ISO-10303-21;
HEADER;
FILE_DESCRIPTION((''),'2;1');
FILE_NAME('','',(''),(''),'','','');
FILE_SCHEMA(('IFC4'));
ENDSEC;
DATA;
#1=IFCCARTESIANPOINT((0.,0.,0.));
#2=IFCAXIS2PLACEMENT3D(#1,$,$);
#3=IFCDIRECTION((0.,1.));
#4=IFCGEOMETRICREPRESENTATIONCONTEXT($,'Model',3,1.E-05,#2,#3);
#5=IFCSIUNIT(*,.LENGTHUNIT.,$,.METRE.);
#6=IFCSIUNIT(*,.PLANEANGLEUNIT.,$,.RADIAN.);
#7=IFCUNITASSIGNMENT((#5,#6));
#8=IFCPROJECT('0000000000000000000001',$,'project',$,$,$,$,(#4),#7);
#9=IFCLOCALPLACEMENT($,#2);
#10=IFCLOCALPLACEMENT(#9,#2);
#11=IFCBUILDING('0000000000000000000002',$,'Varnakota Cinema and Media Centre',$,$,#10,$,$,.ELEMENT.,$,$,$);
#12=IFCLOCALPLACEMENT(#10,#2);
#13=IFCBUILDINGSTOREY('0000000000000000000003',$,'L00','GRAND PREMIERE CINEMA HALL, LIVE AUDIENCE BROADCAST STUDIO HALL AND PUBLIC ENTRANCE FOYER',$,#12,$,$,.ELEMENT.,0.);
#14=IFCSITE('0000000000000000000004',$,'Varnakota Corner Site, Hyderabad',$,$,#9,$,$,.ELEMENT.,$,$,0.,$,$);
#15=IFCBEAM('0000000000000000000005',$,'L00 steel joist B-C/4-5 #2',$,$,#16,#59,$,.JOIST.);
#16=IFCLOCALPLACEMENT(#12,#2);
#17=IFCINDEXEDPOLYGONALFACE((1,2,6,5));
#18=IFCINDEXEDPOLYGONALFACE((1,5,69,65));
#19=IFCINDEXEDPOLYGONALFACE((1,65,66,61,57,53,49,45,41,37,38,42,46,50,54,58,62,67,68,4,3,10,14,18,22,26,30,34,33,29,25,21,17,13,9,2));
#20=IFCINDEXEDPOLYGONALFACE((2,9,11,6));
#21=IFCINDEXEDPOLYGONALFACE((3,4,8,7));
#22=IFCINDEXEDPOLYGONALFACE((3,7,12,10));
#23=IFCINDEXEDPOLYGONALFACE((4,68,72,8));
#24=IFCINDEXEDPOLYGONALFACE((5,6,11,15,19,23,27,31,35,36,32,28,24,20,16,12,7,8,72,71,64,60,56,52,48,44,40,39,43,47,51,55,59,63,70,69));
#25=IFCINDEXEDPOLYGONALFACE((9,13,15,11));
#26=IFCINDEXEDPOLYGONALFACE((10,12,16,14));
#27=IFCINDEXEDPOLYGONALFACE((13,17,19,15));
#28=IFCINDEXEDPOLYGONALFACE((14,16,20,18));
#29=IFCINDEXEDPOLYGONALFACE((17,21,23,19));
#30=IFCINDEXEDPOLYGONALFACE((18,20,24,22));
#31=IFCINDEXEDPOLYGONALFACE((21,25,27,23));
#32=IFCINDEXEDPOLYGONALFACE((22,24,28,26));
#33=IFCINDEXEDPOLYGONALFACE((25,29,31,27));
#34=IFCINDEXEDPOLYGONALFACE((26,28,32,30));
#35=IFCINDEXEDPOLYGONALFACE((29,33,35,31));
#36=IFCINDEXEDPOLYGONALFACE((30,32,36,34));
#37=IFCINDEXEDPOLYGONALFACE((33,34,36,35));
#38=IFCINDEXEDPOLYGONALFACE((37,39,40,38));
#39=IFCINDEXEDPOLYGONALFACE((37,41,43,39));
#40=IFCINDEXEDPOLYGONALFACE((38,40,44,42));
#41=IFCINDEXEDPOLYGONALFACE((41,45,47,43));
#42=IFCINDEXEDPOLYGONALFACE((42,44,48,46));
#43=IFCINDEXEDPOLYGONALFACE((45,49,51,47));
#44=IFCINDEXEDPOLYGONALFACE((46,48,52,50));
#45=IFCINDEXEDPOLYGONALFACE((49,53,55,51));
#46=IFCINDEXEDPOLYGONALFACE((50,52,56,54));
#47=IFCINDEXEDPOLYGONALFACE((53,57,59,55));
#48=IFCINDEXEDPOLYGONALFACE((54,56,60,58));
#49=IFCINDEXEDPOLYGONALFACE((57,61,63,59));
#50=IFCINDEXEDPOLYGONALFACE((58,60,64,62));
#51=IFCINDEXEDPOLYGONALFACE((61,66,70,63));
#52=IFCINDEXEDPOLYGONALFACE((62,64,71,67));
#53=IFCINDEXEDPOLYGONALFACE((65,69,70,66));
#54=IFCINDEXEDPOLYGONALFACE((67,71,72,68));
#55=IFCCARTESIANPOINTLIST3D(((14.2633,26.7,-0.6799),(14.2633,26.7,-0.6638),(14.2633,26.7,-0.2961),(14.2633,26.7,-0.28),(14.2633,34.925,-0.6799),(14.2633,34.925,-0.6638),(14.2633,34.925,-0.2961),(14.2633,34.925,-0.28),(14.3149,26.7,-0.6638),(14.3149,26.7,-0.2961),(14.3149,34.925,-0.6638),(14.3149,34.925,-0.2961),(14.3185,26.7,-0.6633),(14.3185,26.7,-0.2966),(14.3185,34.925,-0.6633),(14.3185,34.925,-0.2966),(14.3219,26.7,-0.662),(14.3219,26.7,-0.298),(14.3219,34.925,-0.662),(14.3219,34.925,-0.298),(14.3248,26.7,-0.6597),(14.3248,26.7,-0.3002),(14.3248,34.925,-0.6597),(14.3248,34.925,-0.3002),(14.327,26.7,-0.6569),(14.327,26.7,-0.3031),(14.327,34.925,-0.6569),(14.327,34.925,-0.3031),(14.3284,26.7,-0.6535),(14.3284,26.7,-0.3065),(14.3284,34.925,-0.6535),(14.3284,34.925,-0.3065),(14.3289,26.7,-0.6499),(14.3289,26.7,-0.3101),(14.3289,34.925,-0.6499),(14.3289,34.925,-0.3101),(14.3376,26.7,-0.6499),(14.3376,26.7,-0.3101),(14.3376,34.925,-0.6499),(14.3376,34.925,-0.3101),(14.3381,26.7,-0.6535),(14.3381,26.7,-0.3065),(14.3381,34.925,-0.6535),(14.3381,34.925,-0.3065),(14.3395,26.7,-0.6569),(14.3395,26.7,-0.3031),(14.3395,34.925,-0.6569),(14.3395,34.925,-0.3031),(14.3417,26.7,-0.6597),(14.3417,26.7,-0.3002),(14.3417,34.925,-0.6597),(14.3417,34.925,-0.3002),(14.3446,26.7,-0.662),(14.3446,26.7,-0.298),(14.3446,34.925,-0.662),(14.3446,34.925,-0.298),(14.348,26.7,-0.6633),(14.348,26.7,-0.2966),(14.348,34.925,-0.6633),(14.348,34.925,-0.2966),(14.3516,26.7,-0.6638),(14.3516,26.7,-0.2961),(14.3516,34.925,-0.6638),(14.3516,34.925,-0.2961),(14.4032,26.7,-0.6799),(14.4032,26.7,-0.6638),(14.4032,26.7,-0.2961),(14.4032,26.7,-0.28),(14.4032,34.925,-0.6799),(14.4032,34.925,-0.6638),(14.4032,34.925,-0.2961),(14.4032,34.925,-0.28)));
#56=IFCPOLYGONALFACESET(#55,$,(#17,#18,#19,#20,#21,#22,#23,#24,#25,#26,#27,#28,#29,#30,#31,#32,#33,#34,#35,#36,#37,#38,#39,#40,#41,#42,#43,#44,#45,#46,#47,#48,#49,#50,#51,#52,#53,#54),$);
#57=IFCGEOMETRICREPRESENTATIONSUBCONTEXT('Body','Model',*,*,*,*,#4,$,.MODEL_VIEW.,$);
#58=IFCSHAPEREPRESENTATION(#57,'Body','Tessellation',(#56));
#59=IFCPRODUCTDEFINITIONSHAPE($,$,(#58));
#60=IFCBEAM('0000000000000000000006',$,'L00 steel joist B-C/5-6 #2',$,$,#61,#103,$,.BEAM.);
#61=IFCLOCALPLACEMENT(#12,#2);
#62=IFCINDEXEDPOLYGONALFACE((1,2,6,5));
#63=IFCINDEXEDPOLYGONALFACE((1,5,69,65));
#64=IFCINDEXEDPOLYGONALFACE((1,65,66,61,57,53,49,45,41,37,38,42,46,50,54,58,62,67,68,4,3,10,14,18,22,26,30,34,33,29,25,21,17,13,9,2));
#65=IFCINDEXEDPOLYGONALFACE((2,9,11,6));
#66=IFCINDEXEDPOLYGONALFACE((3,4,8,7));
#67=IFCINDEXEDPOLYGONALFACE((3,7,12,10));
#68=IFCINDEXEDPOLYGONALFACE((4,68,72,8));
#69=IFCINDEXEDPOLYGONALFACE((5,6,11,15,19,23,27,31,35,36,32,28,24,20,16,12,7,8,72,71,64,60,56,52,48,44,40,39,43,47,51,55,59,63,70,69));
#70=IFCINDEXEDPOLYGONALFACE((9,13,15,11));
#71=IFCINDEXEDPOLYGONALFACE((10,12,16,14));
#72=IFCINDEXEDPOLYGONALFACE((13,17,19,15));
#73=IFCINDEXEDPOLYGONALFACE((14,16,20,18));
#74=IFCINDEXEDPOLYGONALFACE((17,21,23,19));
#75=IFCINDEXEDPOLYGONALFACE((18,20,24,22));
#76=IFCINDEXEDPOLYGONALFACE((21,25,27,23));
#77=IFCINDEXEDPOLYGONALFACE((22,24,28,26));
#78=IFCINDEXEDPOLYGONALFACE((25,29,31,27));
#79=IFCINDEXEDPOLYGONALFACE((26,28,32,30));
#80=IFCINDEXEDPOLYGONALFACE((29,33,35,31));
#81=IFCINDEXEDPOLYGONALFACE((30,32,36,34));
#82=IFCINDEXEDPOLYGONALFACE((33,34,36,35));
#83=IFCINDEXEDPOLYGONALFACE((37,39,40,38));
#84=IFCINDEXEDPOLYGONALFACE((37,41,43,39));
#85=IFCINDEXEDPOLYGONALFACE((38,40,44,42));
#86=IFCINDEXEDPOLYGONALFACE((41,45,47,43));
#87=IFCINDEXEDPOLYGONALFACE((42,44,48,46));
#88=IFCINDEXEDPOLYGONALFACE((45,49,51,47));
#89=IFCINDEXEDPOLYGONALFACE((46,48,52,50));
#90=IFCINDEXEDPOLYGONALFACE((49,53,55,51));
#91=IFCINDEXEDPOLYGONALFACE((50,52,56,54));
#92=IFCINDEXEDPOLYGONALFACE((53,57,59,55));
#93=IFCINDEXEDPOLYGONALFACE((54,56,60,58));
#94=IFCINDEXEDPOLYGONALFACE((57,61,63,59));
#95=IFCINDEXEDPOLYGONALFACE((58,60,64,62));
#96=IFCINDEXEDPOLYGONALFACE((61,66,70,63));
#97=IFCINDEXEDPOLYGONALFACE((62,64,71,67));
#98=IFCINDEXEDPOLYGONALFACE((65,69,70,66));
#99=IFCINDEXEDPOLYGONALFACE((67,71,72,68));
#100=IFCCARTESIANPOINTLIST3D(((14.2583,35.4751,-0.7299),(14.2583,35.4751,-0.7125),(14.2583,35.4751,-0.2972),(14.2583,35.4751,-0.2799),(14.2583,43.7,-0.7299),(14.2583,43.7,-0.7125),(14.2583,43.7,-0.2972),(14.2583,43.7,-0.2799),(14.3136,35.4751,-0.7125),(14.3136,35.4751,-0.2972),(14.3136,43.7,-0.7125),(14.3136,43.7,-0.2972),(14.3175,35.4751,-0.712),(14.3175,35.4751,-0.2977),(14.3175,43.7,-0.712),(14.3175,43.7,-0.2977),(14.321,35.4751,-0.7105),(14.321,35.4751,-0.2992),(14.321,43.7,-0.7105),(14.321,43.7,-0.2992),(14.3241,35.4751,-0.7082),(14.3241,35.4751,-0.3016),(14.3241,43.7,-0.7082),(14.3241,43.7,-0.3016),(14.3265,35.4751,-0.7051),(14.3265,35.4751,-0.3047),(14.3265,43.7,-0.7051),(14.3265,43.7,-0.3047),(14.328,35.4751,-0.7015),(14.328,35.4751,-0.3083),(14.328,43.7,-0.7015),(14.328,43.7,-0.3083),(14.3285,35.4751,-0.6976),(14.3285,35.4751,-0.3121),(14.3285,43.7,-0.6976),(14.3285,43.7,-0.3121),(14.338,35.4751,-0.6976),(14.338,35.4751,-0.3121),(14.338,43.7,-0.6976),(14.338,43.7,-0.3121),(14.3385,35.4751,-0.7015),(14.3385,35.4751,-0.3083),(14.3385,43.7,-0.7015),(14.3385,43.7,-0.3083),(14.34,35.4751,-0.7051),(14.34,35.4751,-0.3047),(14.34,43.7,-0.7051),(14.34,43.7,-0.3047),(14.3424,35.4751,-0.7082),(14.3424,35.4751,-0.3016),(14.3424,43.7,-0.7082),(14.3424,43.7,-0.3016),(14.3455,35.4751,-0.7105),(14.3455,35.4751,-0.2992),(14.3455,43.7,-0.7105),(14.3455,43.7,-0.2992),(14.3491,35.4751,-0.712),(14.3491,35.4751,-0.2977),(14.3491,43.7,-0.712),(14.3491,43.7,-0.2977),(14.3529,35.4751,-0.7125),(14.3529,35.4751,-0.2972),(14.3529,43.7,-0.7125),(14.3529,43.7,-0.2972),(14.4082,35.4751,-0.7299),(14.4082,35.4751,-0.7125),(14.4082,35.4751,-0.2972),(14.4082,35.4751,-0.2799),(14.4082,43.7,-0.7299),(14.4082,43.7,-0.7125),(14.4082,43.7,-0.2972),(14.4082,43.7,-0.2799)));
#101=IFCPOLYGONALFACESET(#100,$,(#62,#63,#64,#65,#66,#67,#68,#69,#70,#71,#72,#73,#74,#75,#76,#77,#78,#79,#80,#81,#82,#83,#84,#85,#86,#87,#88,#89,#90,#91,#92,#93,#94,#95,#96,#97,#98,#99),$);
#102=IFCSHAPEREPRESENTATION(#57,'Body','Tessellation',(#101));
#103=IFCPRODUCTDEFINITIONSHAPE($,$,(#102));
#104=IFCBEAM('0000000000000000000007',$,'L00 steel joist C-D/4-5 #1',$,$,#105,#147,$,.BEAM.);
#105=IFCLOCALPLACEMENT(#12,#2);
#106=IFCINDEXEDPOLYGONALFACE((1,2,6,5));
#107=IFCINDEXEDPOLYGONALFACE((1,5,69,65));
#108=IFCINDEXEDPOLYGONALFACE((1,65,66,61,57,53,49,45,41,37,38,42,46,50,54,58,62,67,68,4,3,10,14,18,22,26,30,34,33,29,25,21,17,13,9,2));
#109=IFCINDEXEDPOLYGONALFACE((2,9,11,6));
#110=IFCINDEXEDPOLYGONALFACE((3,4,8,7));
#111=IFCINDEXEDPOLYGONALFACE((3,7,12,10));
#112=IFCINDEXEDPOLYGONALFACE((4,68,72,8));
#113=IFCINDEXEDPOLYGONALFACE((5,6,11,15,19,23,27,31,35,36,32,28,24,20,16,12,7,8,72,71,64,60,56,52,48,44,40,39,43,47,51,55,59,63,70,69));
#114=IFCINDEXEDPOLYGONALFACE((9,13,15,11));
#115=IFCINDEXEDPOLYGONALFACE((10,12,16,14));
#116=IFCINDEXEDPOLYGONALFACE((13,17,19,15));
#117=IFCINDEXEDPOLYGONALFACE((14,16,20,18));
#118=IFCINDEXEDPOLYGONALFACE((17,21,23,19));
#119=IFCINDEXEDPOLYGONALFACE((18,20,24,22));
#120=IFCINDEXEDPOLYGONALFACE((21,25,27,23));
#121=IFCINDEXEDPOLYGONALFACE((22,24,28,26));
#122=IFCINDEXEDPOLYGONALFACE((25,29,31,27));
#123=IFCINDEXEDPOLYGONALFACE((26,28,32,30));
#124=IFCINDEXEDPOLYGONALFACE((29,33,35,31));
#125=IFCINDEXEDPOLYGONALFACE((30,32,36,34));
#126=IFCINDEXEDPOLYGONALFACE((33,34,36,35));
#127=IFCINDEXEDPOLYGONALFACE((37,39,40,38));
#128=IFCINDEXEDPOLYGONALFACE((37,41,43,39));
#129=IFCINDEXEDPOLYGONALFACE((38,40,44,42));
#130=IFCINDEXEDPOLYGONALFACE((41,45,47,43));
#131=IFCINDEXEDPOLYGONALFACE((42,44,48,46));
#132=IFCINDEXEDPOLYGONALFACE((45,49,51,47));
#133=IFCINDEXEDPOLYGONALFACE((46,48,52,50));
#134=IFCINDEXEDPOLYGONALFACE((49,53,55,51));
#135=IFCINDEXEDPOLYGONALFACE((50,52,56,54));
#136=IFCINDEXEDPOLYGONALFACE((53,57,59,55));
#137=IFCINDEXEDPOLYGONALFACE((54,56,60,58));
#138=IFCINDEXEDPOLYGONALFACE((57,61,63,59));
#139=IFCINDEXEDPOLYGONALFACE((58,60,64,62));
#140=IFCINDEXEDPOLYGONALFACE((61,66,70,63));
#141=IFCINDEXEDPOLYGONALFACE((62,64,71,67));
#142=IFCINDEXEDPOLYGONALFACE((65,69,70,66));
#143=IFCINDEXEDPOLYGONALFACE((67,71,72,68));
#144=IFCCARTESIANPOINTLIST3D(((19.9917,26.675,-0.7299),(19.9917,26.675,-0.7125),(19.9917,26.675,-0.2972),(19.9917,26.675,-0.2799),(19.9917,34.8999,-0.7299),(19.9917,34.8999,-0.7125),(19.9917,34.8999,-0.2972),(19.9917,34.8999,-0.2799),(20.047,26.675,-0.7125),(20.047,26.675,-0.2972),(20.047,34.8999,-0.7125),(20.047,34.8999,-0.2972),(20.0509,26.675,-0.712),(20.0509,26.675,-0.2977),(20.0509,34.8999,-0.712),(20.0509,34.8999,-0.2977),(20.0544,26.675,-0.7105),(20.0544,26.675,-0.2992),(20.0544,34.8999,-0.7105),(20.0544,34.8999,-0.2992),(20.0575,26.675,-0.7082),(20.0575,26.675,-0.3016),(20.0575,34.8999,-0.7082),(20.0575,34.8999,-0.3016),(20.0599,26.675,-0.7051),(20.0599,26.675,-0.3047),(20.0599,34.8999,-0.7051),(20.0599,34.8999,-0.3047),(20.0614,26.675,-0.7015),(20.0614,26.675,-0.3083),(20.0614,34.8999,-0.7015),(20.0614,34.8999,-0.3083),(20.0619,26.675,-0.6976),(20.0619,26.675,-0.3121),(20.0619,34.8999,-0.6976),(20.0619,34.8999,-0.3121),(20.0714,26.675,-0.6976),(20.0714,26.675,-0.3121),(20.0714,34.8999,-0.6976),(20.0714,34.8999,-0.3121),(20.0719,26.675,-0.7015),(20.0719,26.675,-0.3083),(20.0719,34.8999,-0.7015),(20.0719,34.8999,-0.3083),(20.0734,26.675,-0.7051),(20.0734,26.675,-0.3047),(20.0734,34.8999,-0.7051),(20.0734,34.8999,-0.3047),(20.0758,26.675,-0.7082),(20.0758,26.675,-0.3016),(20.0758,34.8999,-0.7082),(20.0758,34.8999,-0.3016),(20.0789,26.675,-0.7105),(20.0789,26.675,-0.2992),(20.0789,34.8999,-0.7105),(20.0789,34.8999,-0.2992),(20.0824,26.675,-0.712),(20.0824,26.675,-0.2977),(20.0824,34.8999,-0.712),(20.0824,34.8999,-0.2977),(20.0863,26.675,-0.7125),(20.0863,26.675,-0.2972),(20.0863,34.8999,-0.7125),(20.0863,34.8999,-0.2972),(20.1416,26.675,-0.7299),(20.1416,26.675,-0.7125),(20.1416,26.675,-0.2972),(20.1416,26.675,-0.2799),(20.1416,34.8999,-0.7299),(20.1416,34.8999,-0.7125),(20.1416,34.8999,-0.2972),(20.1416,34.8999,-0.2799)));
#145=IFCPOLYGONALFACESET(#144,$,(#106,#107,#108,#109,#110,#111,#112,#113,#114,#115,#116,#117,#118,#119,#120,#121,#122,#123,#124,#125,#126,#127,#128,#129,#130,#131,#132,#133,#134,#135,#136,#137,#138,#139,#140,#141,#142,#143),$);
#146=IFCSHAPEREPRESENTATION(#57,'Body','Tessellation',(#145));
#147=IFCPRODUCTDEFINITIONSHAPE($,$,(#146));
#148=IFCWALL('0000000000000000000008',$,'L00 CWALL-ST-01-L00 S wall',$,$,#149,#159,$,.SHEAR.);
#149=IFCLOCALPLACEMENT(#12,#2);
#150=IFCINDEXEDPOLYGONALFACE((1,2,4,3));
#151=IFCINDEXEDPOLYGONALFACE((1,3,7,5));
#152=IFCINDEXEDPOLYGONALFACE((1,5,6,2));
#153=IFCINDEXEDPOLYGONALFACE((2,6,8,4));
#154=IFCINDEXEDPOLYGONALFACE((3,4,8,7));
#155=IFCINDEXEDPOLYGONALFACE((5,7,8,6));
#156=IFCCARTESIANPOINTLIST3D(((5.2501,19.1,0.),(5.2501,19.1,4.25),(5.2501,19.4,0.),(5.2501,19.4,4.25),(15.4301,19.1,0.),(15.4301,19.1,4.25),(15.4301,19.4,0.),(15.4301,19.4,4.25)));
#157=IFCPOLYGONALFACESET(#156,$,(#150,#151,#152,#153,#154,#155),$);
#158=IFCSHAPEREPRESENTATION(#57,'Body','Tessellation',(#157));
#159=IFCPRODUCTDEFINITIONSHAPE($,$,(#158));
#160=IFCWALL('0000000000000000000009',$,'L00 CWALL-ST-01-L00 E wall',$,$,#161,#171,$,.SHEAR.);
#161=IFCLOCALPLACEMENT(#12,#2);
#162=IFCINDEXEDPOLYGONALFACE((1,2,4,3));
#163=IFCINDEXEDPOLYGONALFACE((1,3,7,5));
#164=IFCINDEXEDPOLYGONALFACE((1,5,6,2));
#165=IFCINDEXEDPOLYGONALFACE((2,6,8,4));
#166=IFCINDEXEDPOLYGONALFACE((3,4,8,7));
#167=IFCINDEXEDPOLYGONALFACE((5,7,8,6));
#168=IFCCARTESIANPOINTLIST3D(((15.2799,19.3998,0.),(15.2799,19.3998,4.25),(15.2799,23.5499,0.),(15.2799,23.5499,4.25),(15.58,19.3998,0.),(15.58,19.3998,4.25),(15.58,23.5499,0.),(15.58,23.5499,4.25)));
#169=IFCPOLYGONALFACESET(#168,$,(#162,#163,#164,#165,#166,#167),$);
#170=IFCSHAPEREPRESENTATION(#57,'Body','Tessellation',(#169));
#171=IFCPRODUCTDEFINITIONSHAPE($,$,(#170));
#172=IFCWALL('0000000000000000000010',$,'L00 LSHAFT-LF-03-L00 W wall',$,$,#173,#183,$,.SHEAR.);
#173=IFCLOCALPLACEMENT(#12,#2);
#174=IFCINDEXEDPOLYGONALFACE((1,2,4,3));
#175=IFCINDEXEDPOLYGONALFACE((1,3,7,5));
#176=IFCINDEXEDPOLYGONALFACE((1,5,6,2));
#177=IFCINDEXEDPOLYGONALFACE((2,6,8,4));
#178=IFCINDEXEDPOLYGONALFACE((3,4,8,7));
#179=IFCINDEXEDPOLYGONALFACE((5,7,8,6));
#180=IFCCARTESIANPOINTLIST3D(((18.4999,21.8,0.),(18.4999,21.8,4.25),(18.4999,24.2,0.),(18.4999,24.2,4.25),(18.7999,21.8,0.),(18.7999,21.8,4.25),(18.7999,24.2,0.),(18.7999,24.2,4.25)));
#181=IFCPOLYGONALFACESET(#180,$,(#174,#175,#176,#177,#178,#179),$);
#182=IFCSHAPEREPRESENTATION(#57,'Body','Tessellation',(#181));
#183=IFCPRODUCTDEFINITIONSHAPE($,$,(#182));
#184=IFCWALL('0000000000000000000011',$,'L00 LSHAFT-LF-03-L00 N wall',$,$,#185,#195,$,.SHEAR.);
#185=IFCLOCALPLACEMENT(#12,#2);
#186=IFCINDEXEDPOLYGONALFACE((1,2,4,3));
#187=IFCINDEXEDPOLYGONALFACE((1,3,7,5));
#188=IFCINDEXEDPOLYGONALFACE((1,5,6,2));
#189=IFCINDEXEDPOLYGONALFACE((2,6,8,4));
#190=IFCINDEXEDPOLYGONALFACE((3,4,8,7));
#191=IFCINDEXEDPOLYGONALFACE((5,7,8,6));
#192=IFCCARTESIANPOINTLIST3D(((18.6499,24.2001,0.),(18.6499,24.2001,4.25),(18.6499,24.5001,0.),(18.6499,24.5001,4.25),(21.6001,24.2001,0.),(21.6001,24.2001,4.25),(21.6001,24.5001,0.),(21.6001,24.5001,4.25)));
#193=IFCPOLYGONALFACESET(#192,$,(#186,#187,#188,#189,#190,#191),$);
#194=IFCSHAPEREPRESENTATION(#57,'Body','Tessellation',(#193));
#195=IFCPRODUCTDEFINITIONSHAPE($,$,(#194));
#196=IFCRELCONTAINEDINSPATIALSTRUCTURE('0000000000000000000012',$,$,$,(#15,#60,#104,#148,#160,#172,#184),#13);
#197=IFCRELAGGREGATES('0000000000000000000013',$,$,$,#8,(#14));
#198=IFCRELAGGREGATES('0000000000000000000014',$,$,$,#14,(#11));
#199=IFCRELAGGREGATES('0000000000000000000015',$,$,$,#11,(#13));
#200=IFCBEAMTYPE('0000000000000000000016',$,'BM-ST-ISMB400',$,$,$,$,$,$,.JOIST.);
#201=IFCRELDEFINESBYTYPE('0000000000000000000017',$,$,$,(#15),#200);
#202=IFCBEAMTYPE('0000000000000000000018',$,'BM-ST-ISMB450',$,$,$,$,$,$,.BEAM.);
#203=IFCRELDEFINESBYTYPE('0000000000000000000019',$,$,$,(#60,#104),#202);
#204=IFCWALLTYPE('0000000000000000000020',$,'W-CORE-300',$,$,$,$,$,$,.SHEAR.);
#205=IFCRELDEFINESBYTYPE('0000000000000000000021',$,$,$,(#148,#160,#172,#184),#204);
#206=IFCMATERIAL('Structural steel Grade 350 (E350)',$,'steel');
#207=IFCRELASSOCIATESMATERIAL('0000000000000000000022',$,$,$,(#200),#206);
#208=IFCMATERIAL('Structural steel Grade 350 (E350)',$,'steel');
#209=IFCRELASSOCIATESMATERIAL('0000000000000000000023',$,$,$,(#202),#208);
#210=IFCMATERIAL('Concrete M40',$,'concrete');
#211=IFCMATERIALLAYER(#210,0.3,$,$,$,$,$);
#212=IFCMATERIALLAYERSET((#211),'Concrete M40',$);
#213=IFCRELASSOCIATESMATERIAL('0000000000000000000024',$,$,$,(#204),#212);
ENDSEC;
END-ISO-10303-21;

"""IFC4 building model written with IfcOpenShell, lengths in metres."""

from ifc_helpers import new_model, si_unit, direction, frame, frame_2d, origin, origin_2d, place, context, subcontext, project, spatial, rectangle, i_section, extrude, material, layer, layer_set, material_profile, profile_set, type_object, element, save


model = new_model("IFC4")

# Units and contexts
model_context = context("Model", 3, precision=1e-05, world=origin(), true_north=direction((0.0, 1.0)))
body_context = subcontext(model_context, "Body", "Model", "MODEL_VIEW")
ifc_project = project(units=[si_unit("LENGTHUNIT", "METRE"), si_unit("PLANEANGLEUNIT", "RADIAN")], contexts=[model_context])

# Site, building, storey
site_placement = place(None, origin())
site = spatial("IfcSite", under=ifc_project, at=site_placement, Name="Varnakota Corner Site, Hyderabad", CompositionType="ELEMENT", RefElevation=0.0)
building_placement = place(site_placement, origin())
building = spatial("IfcBuilding", under=site, at=building_placement, Name="Varnakota Cinema and Media Centre", CompositionType="ELEMENT")
storey_placement = place(building_placement, origin())
storey = spatial("IfcBuildingStorey", under=building, at=storey_placement, Name="L00", Description="GRAND PREMIERE CINEMA HALL, LIVE AUDIENCE BROADCAST STUDIO HALL AND PUBLIC ENTRANCE FOYER", CompositionType="ELEMENT", Elevation=0.0)

# Beams
ifc_material_1 = material(Name="Structural steel Grade 350 (E350)", Category="steel")
ifc_material_profile_1 = material_profile(ifc_material_1, i_section(OverallWidth=0.1399, OverallDepth=0.3999, WebThickness=0.0088, FlangeThickness=0.0161, FilletRadius=0.0139, at=origin_2d()), Name="ISMB 400")
ifc_profile_set_1 = profile_set([ifc_material_profile_1], Name="Structural steel Grade 350 (E350)")
beam_type_1 = type_object("IfcBeamType", Name="BM-ST-ISMB400", PredefinedType="JOIST", material=ifc_profile_set_1)
beam_1_placement = place(storey_placement, frame((14.3333, 26.7, -0.48), z_axis=(0.0, 1.0, 0.0), x_axis=(-1.0, 0.0, 0.0)))
element("IfcBeam", 1, at=beam_1_placement, inside=storey, type_object=beam_type_1, Name="L00 steel joist B-C/4-5 #2", PredefinedType="JOIST", context=body_context, shape_type="SweptSolid", body=[
    extrude(i_section(OverallWidth=0.1399, OverallDepth=0.3999, WebThickness=0.0088, FlangeThickness=0.0161, FilletRadius=0.0139, at=origin_2d()), origin(), (0.0, 0.0, 1.0), 8.2251),
])
ifc_material_2 = material(Name="Structural steel Grade 350 (E350)", Category="steel")
ifc_material_profile_2 = material_profile(ifc_material_2, i_section(OverallWidth=0.1499, OverallDepth=0.45, WebThickness=0.0095, FlangeThickness=0.0173, FilletRadius=0.0149, at=origin_2d()), Name="ISMB 450")
ifc_profile_set_2 = profile_set([ifc_material_profile_2], Name="Structural steel Grade 350 (E350)")
beam_type_2 = type_object("IfcBeamType", Name="BM-ST-ISMB450", PredefinedType="BEAM", material=ifc_profile_set_2)
for number, where, z_axis, x_axis, name in (
    (2, (14.3333, 35.4751, -0.5049), (0.0, 1.0, 0.0), (-1.0, 0.0, 0.0), "L00 steel joist B-C/5-6 #2"),
    (3, (20.0667, 26.675, -0.5049), (0.0, 1.0, 0.0), (-1.0, 0.0, 0.0), "L00 steel joist C-D/4-5 #1"),
):
    element("IfcBeam", number, at=place(storey_placement, frame(where, z_axis=z_axis, x_axis=x_axis)), inside=storey, type_object=beam_type_2, Name=name, PredefinedType="BEAM", context=body_context, shape_type="SweptSolid", body=[
        extrude(i_section(OverallWidth=0.1499, OverallDepth=0.45, WebThickness=0.0095, FlangeThickness=0.0173, FilletRadius=0.0149, at=origin_2d()), origin(), (0.0, 0.0, 1.0), 8.2249),
    ])

# Walls
ifc_material_3 = material(Name="Concrete M40", Category="concrete")
ifc_layer_1 = layer(ifc_material_3, 0.3)
ifc_layer_set_1 = layer_set([ifc_layer_1], Name="Concrete M40")
wall_type_1 = type_object("IfcWallType", Name="W-CORE-300", PredefinedType="SHEAR", material=ifc_layer_set_1)
wall_1_placement = place(storey_placement, frame((15.4299, 19.25, 0.0), z_axis=(0.0, 0.0, 1.0), x_axis=(-1.0, 0.0, 0.0)))
element("IfcWall", 4, at=wall_1_placement, inside=storey, type_object=wall_type_1, Name="L00 CWALL-ST-01-L00 S wall", PredefinedType="SHEAR", context=body_context, shape_type="SweptSolid", body=[
    extrude(rectangle(XDim=10.1799, YDim=0.3, at=frame_2d((5.0898, 0.0))), origin(), (0.0, 0.0, 1.0), 4.25),
])
wall_2_placement = place(storey_placement, frame((15.4299, 23.55, 0.0), z_axis=(0.0, 0.0, 1.0), x_axis=(0.0, -1.0, 0.0)))
element("IfcWall", 5, at=wall_2_placement, inside=storey, type_object=wall_type_1, Name="L00 CWALL-ST-01-L00 E wall", PredefinedType="SHEAR", context=body_context, shape_type="SweptSolid", body=[
    extrude(rectangle(XDim=4.1501, YDim=0.3, at=frame_2d((2.0752, 0.0))), origin(), (0.0, 0.0, 1.0), 4.25),
])
wall_3_placement = place(storey_placement, frame((18.6499, 21.8, 0.0), z_axis=(0.0, 0.0, 1.0), x_axis=(0.0, 1.0, 0.0)))
element("IfcWall", 6, at=wall_3_placement, inside=storey, type_object=wall_type_1, Name="L00 LSHAFT-LF-03-L00 W wall", PredefinedType="SHEAR", context=body_context, shape_type="SweptSolid", body=[
    extrude(rectangle(XDim=2.3999, YDim=0.3, at=frame_2d((1.2, 0.0))), origin(), (0.0, 0.0, 1.0), 4.25),
])
wall_4_placement = place(storey_placement, frame((18.6499, 24.3501, 0.0), z_axis=(0.0, 0.0, 1.0), x_axis=(1.0, 0.0, 0.0)))
element("IfcWall", 7, at=wall_4_placement, inside=storey, type_object=wall_type_1, Name="L00 LSHAFT-LF-03-L00 N wall", PredefinedType="SHEAR", context=body_context, shape_type="SweptSolid", body=[
    extrude(rectangle(XDim=2.9502, YDim=0.3, at=frame_2d((1.4751, 0.0))), origin(), (0.0, 0.0, 1.0), 4.25),
])

save(model, "model.ifc")
